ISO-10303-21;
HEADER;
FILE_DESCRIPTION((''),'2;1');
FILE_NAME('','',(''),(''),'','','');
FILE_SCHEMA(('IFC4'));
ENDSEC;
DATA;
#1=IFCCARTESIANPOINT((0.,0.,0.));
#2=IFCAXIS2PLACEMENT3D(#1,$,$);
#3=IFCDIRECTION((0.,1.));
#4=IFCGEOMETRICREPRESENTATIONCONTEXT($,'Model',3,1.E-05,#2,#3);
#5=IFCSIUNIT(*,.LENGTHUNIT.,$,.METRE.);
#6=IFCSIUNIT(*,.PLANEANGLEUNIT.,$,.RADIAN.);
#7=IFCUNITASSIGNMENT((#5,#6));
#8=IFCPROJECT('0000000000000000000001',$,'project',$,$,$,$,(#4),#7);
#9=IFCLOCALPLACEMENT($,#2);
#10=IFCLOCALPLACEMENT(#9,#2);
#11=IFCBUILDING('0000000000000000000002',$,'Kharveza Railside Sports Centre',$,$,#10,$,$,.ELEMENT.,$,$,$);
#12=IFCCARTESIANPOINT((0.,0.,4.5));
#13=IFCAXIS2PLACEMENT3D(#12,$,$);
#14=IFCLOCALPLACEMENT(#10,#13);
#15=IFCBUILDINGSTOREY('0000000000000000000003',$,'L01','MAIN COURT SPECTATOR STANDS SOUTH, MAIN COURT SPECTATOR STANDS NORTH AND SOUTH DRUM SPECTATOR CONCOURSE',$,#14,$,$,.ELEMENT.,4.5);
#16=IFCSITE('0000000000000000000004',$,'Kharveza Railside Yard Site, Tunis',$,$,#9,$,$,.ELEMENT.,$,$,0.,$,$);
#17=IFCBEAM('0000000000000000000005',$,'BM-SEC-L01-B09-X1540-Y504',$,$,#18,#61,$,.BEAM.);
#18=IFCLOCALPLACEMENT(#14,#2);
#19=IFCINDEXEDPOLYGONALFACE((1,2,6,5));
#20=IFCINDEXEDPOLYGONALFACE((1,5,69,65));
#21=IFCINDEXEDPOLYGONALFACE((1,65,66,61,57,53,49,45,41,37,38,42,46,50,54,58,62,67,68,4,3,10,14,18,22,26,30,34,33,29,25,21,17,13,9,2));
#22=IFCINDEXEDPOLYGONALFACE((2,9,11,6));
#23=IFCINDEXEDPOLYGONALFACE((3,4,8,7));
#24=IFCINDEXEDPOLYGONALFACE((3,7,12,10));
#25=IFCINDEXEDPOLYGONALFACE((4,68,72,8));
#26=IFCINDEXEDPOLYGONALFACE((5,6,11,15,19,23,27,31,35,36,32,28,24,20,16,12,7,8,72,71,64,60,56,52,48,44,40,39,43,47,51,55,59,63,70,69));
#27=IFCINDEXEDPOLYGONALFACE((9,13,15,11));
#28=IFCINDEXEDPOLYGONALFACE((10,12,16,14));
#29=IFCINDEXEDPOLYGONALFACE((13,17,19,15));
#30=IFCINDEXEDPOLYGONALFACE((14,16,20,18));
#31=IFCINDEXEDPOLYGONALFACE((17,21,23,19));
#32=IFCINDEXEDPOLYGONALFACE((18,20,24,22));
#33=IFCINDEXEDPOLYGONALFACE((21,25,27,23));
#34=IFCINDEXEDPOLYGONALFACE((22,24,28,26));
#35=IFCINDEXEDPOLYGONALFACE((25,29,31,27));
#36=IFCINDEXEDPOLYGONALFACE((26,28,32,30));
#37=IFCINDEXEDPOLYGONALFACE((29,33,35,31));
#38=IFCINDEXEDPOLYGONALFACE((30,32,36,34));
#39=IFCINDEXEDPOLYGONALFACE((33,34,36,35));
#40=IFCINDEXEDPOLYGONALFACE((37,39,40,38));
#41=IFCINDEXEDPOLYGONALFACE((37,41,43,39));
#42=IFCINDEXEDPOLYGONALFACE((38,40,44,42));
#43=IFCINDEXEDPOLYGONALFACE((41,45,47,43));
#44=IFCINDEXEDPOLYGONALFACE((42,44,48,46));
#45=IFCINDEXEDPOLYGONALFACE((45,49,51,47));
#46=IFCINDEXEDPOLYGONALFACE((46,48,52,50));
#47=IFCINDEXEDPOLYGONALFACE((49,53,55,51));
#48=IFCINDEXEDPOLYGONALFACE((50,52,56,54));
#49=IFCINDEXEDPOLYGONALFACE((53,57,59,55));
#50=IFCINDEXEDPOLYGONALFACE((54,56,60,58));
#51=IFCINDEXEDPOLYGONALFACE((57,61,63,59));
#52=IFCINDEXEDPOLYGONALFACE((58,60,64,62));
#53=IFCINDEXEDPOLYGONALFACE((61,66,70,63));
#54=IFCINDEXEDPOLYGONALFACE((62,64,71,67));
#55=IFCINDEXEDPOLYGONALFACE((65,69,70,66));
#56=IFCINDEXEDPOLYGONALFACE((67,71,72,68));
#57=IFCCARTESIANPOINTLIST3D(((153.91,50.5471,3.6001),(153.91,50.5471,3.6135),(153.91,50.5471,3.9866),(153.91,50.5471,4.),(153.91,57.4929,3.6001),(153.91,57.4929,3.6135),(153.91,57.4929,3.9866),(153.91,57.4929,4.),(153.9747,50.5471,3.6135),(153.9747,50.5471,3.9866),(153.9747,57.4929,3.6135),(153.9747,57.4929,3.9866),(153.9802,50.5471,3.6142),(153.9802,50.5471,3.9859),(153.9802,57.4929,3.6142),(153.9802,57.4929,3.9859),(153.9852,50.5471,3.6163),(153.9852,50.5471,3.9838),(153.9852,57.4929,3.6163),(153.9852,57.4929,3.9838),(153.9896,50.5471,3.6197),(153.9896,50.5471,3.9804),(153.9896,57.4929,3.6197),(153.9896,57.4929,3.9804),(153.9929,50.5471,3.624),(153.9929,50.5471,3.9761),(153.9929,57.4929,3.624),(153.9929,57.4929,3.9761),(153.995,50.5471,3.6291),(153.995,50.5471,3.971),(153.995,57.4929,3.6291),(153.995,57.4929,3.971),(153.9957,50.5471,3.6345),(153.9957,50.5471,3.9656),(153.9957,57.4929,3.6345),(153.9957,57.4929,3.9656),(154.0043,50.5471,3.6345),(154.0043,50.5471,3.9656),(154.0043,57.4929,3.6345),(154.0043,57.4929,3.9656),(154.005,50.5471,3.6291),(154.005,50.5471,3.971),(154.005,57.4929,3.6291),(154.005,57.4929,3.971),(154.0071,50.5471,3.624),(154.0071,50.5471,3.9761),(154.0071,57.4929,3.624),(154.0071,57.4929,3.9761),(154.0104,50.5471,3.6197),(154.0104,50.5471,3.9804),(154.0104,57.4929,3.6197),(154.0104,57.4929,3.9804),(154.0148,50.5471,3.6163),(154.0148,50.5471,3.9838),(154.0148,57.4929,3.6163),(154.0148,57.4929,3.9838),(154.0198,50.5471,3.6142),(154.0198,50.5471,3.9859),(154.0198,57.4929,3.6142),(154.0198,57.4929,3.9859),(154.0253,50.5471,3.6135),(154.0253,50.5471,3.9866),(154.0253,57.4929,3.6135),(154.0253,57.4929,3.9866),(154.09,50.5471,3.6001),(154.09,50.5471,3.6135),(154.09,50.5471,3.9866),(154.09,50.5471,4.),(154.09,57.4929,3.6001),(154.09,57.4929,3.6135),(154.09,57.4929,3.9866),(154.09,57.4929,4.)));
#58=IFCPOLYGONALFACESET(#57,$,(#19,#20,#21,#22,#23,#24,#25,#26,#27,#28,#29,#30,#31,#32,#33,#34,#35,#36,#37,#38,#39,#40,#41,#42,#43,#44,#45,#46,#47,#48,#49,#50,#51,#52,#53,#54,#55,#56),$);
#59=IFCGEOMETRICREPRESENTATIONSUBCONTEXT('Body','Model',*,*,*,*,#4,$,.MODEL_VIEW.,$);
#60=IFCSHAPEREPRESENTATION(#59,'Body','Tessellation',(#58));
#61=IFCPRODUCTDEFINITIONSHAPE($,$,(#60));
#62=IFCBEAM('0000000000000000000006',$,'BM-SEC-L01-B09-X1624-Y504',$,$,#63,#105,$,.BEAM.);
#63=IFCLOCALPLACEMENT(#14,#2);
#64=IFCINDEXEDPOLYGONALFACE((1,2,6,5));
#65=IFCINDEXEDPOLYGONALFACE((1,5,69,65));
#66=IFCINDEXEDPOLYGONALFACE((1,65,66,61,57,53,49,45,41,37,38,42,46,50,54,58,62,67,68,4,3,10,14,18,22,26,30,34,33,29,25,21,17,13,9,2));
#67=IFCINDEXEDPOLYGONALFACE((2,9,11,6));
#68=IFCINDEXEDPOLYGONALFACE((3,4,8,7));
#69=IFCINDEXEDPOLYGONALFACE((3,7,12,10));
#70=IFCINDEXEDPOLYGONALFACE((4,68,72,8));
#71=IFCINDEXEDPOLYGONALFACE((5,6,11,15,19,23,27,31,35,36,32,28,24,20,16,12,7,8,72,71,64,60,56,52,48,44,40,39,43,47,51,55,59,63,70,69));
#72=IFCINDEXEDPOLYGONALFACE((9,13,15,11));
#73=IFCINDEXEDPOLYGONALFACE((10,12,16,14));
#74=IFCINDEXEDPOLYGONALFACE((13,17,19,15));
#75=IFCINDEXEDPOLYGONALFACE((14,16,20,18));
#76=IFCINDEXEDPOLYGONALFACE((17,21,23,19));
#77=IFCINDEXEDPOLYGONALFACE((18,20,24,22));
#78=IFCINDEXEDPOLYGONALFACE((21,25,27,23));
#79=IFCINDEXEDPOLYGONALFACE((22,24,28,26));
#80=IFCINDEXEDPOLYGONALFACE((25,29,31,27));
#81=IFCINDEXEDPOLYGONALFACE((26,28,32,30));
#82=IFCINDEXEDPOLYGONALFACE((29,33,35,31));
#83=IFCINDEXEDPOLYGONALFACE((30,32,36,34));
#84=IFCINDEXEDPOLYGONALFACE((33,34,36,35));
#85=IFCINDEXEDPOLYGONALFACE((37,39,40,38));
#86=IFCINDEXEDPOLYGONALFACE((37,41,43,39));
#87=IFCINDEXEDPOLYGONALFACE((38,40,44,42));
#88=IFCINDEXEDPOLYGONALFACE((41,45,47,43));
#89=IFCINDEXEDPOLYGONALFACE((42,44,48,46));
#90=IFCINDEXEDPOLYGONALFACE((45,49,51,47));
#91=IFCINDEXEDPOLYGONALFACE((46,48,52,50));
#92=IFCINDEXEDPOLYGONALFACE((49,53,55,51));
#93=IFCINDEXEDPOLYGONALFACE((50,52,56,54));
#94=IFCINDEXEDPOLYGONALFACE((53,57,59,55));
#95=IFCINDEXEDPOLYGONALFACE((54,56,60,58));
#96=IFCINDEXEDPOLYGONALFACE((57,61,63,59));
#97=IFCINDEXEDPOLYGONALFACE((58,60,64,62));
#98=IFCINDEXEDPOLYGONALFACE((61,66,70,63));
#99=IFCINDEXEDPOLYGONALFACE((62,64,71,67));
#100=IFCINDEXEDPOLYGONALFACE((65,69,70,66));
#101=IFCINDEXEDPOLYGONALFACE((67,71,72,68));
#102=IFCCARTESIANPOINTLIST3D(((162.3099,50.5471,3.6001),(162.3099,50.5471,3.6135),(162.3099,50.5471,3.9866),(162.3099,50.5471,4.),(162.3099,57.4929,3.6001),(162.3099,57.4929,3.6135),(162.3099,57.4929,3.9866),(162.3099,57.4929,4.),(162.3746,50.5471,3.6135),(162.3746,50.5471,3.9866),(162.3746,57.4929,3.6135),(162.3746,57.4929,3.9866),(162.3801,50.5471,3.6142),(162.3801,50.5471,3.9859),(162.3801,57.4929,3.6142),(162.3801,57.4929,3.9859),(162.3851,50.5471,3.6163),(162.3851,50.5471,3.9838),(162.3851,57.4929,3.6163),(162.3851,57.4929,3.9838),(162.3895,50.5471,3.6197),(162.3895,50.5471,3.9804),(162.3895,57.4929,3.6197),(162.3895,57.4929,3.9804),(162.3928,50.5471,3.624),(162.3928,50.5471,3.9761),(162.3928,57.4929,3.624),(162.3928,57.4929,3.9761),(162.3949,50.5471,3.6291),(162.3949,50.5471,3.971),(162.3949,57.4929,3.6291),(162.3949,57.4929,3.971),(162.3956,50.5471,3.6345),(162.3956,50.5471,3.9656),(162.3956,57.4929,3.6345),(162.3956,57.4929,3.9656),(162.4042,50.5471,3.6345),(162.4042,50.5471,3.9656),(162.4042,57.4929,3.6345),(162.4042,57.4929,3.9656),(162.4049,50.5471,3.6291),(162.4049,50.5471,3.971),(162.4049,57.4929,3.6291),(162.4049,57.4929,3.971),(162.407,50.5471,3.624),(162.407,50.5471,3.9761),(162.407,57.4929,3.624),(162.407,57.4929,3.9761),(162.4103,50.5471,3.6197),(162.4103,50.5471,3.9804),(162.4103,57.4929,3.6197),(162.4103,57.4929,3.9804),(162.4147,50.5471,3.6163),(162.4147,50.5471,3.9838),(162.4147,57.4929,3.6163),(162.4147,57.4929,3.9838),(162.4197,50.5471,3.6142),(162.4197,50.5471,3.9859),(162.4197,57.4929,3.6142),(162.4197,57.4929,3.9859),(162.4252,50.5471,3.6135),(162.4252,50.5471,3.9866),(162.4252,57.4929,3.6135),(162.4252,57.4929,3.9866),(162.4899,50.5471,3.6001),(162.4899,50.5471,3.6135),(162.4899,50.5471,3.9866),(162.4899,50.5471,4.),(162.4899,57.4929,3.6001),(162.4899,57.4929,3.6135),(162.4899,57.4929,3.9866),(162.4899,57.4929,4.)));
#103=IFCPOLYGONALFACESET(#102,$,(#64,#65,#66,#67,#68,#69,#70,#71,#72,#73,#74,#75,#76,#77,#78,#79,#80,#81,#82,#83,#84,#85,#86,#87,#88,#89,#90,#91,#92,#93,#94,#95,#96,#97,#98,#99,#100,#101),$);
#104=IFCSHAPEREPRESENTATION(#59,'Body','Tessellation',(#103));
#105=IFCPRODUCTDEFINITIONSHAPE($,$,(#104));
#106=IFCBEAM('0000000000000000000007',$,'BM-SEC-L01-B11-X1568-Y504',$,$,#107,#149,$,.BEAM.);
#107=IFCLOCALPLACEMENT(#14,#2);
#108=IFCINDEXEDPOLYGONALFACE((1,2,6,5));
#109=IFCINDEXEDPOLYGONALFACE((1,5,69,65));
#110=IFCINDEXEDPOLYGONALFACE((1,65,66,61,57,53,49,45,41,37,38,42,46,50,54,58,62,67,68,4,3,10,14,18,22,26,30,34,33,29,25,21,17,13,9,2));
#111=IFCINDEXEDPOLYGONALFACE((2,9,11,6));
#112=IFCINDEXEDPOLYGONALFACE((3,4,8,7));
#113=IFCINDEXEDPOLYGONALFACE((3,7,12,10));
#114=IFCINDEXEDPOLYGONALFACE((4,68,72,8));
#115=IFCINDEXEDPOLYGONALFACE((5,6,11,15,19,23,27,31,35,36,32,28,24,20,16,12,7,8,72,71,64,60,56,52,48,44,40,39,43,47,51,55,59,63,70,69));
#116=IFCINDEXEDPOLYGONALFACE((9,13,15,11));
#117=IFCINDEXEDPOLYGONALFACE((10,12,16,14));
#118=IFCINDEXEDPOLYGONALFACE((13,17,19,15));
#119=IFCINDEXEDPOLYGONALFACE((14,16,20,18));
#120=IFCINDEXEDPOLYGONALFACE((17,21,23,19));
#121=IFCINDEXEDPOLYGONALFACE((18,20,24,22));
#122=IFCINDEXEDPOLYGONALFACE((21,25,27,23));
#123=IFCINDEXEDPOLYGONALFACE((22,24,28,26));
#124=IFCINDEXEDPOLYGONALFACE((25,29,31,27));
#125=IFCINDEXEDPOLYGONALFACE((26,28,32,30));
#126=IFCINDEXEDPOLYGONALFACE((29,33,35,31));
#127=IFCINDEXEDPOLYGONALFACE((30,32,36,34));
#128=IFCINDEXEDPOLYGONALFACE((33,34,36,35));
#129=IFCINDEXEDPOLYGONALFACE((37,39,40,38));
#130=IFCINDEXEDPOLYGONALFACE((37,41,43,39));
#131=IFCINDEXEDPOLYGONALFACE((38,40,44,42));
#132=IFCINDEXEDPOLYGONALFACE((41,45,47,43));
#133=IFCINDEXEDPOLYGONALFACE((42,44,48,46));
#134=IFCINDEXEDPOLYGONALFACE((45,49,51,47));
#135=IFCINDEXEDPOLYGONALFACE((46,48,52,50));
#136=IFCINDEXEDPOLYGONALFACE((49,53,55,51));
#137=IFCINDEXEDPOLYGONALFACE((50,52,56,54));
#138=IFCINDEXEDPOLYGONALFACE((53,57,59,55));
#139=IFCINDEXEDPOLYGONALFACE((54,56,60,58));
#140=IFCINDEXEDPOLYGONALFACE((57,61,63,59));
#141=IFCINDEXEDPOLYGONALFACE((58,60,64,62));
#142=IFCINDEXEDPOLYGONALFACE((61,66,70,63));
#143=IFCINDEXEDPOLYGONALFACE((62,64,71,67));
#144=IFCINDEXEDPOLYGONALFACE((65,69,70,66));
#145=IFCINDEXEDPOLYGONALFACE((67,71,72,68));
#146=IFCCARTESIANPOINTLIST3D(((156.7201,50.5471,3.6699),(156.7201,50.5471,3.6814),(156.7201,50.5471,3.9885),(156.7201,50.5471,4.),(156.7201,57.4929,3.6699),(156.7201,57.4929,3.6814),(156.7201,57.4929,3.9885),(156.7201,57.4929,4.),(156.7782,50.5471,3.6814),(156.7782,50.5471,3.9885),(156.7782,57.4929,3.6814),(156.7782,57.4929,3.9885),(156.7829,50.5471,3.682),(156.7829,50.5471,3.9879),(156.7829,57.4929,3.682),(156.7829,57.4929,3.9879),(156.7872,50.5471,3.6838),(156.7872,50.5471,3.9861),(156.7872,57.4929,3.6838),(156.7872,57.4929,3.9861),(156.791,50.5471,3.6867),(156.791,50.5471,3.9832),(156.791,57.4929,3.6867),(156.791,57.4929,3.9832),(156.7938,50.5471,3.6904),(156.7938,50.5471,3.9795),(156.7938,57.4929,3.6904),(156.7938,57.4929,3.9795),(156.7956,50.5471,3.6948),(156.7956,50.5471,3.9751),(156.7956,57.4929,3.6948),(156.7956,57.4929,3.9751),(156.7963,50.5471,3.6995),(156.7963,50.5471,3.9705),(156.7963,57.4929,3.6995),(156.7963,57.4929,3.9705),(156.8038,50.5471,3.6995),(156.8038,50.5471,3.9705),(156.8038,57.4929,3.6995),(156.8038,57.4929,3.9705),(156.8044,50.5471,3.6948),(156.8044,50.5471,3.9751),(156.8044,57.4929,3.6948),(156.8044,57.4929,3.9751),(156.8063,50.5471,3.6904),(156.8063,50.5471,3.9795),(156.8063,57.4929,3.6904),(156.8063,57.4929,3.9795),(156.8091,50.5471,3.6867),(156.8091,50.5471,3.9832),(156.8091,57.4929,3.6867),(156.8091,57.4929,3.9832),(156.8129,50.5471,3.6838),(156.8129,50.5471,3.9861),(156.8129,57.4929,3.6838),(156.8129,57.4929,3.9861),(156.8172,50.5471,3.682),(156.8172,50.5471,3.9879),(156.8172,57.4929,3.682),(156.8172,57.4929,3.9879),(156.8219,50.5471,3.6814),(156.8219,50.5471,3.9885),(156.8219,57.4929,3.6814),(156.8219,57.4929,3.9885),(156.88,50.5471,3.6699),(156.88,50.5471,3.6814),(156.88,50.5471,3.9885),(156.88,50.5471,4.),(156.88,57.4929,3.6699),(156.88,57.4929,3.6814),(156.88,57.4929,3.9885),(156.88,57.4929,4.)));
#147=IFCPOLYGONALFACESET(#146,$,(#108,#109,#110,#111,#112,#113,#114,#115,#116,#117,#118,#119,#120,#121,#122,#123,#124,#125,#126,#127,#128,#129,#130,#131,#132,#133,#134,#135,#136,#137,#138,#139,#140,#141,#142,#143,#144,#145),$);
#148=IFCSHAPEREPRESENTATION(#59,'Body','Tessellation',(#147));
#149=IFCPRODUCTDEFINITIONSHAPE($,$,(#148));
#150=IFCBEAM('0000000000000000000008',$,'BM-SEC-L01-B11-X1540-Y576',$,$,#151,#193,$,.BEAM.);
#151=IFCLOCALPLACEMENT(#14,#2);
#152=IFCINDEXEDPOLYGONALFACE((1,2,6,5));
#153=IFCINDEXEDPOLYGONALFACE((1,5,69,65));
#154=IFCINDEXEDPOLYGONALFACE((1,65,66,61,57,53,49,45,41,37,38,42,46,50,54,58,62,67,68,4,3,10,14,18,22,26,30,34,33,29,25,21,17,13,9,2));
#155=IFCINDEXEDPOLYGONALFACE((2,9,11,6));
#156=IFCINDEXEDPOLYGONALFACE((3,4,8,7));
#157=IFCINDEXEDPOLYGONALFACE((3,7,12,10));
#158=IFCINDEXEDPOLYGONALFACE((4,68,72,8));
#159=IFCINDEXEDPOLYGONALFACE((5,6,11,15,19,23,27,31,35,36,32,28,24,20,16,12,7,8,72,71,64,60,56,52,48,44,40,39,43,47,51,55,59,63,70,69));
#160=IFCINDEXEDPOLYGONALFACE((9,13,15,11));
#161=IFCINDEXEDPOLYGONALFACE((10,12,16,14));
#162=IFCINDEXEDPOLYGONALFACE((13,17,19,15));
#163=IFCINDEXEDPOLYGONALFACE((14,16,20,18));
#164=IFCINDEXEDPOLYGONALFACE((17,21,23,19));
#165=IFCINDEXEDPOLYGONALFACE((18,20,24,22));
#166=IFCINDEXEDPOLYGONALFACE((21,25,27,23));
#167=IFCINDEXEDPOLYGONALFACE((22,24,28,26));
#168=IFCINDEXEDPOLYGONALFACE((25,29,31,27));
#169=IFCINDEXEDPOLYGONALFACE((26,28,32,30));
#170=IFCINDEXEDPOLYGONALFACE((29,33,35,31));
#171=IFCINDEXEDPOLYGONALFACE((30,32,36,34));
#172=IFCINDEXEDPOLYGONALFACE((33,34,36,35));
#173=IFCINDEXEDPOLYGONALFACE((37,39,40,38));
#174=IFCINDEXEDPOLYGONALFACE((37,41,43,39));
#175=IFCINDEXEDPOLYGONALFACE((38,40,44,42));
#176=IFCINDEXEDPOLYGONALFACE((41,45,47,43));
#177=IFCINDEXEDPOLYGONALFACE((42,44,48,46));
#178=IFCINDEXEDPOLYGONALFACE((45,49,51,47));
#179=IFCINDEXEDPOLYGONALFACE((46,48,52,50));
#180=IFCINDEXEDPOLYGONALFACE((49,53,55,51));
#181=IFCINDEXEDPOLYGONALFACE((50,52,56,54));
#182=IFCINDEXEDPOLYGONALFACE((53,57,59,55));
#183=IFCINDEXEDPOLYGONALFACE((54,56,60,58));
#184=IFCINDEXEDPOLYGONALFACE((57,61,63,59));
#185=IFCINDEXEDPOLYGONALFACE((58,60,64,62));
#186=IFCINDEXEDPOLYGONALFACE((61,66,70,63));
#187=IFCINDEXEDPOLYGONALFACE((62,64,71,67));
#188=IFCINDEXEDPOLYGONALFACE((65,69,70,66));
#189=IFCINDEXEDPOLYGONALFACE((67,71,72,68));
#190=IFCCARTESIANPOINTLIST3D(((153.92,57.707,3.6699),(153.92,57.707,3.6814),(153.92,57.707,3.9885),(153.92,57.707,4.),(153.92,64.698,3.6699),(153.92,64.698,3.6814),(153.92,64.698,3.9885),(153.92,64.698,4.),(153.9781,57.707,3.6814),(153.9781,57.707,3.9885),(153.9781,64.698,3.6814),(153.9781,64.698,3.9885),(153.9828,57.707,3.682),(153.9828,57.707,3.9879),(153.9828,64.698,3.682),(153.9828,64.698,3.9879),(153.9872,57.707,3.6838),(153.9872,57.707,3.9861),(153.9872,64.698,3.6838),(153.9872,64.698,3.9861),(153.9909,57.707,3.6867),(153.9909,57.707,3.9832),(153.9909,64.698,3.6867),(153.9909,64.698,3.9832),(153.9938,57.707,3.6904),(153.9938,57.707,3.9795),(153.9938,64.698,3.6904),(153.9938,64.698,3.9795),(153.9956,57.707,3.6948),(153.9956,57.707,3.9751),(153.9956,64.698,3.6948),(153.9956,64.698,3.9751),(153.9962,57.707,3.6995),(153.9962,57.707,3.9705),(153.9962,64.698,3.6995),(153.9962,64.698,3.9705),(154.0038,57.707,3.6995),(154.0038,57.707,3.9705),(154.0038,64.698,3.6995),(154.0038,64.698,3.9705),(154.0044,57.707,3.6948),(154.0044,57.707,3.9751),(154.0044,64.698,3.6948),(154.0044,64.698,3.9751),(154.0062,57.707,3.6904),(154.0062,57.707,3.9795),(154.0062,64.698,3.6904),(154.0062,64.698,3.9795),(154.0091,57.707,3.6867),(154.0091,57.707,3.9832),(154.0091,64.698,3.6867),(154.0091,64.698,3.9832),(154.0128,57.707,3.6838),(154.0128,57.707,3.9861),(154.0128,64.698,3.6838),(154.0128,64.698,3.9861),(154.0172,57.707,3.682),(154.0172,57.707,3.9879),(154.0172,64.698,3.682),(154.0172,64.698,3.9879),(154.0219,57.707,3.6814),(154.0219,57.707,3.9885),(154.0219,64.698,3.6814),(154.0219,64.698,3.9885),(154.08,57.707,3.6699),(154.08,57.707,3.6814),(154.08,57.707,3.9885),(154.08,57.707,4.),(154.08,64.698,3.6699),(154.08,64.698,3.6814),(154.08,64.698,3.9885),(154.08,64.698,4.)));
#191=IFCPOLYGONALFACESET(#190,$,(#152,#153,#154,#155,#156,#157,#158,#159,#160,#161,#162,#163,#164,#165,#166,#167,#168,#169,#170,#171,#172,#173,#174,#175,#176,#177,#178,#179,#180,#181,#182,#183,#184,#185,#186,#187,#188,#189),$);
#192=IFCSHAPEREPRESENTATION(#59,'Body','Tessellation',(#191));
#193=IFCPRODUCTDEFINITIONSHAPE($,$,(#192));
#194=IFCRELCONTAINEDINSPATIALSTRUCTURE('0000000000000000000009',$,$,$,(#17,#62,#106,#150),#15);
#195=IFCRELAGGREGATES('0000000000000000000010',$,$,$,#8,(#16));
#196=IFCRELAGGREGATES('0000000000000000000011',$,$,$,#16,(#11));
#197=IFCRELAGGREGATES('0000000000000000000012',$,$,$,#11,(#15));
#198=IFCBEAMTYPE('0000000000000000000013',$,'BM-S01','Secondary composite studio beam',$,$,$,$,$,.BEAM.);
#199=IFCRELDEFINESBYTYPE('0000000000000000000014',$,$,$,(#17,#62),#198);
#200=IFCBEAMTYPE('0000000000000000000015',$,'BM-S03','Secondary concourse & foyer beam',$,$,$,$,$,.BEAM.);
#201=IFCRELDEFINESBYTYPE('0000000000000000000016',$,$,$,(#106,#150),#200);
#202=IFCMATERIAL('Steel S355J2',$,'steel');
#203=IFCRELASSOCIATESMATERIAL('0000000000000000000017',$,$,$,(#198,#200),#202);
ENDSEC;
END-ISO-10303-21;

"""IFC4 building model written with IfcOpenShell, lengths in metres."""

from ifc_helpers import new_model, si_unit, direction, frame, origin, origin_2d, place, context, subcontext, project, spatial, i_section, extrude, material, material_profile, profile_set, type_object, element, save


model = new_model("IFC4")

# Units and contexts
model_context = context("Model", 3, precision=1e-05, world=origin(), true_north=direction((0.0, 1.0)))
body_context = subcontext(model_context, "Body", "Model", "MODEL_VIEW")
ifc_project = project(units=[si_unit("LENGTHUNIT", "METRE"), si_unit("PLANEANGLEUNIT", "RADIAN")], contexts=[model_context])

# Site, building, storey
site_placement = place(None, origin())
site = spatial("IfcSite", under=ifc_project, at=site_placement, Name="Kharveza Railside Yard Site, Tunis", CompositionType="ELEMENT", RefElevation=0.0)
building_placement = place(site_placement, origin())
building = spatial("IfcBuilding", under=site, at=building_placement, Name="Kharveza Railside Sports Centre", CompositionType="ELEMENT")
storey_placement = place(building_placement, frame((0.0, 0.0, 4.5)))
storey = spatial("IfcBuildingStorey", under=building, at=storey_placement, Name="L01", Description="MAIN COURT SPECTATOR STANDS SOUTH, MAIN COURT SPECTATOR STANDS NORTH AND SOUTH DRUM SPECTATOR CONCOURSE", CompositionType="ELEMENT", Elevation=4.5)

# Shared definitions
ifc_material_1 = material(Name="Steel S355J2", Category="steel")

# Beams
ifc_material_profile_1 = material_profile(ifc_material_1, i_section(OverallWidth=0.1799, OverallDepth=0.3999, WebThickness=0.0085, FlangeThickness=0.0134, FilletRadius=0.021, at=origin_2d()), Name="IPE 400")
ifc_profile_set_1 = profile_set([ifc_material_profile_1], Name="Steel S355J2")
beam_type_1 = type_object("IfcBeamType", Name="BM-S01", Description="Secondary composite studio beam", PredefinedType="BEAM", material=ifc_profile_set_1)
for number, where, z_axis, x_axis, name in (
    (1, (154.0, 50.5471, 3.8), (0.0, 1.0, 0.0), (-1.0, 0.0, 0.0), "BM-SEC-L01-B09-X1540-Y504"),
    (2, (162.3999, 50.5471, 3.8), (0.0, 1.0, 0.0), (-1.0, 0.0, 0.0), "BM-SEC-L01-B09-X1624-Y504"),
):
    element("IfcBeam", number, at=place(storey_placement, frame(where, z_axis=z_axis, x_axis=x_axis)), inside=storey, type_object=beam_type_1, Name=name, PredefinedType="BEAM", context=body_context, shape_type="SweptSolid", body=[
        extrude(i_section(OverallWidth=0.1799, OverallDepth=0.3999, WebThickness=0.0085, FlangeThickness=0.0134, FilletRadius=0.021, at=origin_2d()), origin(), (0.0, 0.0, 1.0), 6.9458),
    ])
ifc_material_profile_2 = material_profile(ifc_material_1, i_section(OverallWidth=0.1599, OverallDepth=0.3301, WebThickness=0.0076, FlangeThickness=0.0115, FilletRadius=0.0181, at=origin_2d()), Name="IPE 330")
ifc_profile_set_2 = profile_set([ifc_material_profile_2], Name="Steel S355J2")
beam_type_2 = type_object("IfcBeamType", Name="BM-S03", Description="Secondary concourse & foyer beam", PredefinedType="BEAM", material=ifc_profile_set_2)
beam_1_placement = place(storey_placement, frame((156.8, 50.5471, 3.835), z_axis=(0.0, 1.0, 0.0), x_axis=(-1.0, 0.0, 0.0)))
element("IfcBeam", 3, at=beam_1_placement, inside=storey, type_object=beam_type_2, Name="BM-SEC-L01-B11-X1568-Y504", PredefinedType="BEAM", context=body_context, shape_type="SweptSolid", body=[
    extrude(i_section(OverallWidth=0.1599, OverallDepth=0.3301, WebThickness=0.0076, FlangeThickness=0.0115, FilletRadius=0.0181, at=origin_2d()), origin(), (0.0, 0.0, 1.0), 6.9458),
])
beam_2_placement = place(storey_placement, frame((154.0, 57.707, 3.835), z_axis=(0.0, 1.0, 0.0), x_axis=(-1.0, 0.0, 0.0)))
element("IfcBeam", 4, at=beam_2_placement, inside=storey, type_object=beam_type_2, Name="BM-SEC-L01-B11-X1540-Y576", PredefinedType="BEAM", context=body_context, shape_type="SweptSolid", body=[
    extrude(i_section(OverallWidth=0.1599, OverallDepth=0.3301, WebThickness=0.0076, FlangeThickness=0.0115, FilletRadius=0.0181, at=origin_2d()), origin(), (0.0, 0.0, 1.0), 6.991),
])

save(model, "model.ifc")
